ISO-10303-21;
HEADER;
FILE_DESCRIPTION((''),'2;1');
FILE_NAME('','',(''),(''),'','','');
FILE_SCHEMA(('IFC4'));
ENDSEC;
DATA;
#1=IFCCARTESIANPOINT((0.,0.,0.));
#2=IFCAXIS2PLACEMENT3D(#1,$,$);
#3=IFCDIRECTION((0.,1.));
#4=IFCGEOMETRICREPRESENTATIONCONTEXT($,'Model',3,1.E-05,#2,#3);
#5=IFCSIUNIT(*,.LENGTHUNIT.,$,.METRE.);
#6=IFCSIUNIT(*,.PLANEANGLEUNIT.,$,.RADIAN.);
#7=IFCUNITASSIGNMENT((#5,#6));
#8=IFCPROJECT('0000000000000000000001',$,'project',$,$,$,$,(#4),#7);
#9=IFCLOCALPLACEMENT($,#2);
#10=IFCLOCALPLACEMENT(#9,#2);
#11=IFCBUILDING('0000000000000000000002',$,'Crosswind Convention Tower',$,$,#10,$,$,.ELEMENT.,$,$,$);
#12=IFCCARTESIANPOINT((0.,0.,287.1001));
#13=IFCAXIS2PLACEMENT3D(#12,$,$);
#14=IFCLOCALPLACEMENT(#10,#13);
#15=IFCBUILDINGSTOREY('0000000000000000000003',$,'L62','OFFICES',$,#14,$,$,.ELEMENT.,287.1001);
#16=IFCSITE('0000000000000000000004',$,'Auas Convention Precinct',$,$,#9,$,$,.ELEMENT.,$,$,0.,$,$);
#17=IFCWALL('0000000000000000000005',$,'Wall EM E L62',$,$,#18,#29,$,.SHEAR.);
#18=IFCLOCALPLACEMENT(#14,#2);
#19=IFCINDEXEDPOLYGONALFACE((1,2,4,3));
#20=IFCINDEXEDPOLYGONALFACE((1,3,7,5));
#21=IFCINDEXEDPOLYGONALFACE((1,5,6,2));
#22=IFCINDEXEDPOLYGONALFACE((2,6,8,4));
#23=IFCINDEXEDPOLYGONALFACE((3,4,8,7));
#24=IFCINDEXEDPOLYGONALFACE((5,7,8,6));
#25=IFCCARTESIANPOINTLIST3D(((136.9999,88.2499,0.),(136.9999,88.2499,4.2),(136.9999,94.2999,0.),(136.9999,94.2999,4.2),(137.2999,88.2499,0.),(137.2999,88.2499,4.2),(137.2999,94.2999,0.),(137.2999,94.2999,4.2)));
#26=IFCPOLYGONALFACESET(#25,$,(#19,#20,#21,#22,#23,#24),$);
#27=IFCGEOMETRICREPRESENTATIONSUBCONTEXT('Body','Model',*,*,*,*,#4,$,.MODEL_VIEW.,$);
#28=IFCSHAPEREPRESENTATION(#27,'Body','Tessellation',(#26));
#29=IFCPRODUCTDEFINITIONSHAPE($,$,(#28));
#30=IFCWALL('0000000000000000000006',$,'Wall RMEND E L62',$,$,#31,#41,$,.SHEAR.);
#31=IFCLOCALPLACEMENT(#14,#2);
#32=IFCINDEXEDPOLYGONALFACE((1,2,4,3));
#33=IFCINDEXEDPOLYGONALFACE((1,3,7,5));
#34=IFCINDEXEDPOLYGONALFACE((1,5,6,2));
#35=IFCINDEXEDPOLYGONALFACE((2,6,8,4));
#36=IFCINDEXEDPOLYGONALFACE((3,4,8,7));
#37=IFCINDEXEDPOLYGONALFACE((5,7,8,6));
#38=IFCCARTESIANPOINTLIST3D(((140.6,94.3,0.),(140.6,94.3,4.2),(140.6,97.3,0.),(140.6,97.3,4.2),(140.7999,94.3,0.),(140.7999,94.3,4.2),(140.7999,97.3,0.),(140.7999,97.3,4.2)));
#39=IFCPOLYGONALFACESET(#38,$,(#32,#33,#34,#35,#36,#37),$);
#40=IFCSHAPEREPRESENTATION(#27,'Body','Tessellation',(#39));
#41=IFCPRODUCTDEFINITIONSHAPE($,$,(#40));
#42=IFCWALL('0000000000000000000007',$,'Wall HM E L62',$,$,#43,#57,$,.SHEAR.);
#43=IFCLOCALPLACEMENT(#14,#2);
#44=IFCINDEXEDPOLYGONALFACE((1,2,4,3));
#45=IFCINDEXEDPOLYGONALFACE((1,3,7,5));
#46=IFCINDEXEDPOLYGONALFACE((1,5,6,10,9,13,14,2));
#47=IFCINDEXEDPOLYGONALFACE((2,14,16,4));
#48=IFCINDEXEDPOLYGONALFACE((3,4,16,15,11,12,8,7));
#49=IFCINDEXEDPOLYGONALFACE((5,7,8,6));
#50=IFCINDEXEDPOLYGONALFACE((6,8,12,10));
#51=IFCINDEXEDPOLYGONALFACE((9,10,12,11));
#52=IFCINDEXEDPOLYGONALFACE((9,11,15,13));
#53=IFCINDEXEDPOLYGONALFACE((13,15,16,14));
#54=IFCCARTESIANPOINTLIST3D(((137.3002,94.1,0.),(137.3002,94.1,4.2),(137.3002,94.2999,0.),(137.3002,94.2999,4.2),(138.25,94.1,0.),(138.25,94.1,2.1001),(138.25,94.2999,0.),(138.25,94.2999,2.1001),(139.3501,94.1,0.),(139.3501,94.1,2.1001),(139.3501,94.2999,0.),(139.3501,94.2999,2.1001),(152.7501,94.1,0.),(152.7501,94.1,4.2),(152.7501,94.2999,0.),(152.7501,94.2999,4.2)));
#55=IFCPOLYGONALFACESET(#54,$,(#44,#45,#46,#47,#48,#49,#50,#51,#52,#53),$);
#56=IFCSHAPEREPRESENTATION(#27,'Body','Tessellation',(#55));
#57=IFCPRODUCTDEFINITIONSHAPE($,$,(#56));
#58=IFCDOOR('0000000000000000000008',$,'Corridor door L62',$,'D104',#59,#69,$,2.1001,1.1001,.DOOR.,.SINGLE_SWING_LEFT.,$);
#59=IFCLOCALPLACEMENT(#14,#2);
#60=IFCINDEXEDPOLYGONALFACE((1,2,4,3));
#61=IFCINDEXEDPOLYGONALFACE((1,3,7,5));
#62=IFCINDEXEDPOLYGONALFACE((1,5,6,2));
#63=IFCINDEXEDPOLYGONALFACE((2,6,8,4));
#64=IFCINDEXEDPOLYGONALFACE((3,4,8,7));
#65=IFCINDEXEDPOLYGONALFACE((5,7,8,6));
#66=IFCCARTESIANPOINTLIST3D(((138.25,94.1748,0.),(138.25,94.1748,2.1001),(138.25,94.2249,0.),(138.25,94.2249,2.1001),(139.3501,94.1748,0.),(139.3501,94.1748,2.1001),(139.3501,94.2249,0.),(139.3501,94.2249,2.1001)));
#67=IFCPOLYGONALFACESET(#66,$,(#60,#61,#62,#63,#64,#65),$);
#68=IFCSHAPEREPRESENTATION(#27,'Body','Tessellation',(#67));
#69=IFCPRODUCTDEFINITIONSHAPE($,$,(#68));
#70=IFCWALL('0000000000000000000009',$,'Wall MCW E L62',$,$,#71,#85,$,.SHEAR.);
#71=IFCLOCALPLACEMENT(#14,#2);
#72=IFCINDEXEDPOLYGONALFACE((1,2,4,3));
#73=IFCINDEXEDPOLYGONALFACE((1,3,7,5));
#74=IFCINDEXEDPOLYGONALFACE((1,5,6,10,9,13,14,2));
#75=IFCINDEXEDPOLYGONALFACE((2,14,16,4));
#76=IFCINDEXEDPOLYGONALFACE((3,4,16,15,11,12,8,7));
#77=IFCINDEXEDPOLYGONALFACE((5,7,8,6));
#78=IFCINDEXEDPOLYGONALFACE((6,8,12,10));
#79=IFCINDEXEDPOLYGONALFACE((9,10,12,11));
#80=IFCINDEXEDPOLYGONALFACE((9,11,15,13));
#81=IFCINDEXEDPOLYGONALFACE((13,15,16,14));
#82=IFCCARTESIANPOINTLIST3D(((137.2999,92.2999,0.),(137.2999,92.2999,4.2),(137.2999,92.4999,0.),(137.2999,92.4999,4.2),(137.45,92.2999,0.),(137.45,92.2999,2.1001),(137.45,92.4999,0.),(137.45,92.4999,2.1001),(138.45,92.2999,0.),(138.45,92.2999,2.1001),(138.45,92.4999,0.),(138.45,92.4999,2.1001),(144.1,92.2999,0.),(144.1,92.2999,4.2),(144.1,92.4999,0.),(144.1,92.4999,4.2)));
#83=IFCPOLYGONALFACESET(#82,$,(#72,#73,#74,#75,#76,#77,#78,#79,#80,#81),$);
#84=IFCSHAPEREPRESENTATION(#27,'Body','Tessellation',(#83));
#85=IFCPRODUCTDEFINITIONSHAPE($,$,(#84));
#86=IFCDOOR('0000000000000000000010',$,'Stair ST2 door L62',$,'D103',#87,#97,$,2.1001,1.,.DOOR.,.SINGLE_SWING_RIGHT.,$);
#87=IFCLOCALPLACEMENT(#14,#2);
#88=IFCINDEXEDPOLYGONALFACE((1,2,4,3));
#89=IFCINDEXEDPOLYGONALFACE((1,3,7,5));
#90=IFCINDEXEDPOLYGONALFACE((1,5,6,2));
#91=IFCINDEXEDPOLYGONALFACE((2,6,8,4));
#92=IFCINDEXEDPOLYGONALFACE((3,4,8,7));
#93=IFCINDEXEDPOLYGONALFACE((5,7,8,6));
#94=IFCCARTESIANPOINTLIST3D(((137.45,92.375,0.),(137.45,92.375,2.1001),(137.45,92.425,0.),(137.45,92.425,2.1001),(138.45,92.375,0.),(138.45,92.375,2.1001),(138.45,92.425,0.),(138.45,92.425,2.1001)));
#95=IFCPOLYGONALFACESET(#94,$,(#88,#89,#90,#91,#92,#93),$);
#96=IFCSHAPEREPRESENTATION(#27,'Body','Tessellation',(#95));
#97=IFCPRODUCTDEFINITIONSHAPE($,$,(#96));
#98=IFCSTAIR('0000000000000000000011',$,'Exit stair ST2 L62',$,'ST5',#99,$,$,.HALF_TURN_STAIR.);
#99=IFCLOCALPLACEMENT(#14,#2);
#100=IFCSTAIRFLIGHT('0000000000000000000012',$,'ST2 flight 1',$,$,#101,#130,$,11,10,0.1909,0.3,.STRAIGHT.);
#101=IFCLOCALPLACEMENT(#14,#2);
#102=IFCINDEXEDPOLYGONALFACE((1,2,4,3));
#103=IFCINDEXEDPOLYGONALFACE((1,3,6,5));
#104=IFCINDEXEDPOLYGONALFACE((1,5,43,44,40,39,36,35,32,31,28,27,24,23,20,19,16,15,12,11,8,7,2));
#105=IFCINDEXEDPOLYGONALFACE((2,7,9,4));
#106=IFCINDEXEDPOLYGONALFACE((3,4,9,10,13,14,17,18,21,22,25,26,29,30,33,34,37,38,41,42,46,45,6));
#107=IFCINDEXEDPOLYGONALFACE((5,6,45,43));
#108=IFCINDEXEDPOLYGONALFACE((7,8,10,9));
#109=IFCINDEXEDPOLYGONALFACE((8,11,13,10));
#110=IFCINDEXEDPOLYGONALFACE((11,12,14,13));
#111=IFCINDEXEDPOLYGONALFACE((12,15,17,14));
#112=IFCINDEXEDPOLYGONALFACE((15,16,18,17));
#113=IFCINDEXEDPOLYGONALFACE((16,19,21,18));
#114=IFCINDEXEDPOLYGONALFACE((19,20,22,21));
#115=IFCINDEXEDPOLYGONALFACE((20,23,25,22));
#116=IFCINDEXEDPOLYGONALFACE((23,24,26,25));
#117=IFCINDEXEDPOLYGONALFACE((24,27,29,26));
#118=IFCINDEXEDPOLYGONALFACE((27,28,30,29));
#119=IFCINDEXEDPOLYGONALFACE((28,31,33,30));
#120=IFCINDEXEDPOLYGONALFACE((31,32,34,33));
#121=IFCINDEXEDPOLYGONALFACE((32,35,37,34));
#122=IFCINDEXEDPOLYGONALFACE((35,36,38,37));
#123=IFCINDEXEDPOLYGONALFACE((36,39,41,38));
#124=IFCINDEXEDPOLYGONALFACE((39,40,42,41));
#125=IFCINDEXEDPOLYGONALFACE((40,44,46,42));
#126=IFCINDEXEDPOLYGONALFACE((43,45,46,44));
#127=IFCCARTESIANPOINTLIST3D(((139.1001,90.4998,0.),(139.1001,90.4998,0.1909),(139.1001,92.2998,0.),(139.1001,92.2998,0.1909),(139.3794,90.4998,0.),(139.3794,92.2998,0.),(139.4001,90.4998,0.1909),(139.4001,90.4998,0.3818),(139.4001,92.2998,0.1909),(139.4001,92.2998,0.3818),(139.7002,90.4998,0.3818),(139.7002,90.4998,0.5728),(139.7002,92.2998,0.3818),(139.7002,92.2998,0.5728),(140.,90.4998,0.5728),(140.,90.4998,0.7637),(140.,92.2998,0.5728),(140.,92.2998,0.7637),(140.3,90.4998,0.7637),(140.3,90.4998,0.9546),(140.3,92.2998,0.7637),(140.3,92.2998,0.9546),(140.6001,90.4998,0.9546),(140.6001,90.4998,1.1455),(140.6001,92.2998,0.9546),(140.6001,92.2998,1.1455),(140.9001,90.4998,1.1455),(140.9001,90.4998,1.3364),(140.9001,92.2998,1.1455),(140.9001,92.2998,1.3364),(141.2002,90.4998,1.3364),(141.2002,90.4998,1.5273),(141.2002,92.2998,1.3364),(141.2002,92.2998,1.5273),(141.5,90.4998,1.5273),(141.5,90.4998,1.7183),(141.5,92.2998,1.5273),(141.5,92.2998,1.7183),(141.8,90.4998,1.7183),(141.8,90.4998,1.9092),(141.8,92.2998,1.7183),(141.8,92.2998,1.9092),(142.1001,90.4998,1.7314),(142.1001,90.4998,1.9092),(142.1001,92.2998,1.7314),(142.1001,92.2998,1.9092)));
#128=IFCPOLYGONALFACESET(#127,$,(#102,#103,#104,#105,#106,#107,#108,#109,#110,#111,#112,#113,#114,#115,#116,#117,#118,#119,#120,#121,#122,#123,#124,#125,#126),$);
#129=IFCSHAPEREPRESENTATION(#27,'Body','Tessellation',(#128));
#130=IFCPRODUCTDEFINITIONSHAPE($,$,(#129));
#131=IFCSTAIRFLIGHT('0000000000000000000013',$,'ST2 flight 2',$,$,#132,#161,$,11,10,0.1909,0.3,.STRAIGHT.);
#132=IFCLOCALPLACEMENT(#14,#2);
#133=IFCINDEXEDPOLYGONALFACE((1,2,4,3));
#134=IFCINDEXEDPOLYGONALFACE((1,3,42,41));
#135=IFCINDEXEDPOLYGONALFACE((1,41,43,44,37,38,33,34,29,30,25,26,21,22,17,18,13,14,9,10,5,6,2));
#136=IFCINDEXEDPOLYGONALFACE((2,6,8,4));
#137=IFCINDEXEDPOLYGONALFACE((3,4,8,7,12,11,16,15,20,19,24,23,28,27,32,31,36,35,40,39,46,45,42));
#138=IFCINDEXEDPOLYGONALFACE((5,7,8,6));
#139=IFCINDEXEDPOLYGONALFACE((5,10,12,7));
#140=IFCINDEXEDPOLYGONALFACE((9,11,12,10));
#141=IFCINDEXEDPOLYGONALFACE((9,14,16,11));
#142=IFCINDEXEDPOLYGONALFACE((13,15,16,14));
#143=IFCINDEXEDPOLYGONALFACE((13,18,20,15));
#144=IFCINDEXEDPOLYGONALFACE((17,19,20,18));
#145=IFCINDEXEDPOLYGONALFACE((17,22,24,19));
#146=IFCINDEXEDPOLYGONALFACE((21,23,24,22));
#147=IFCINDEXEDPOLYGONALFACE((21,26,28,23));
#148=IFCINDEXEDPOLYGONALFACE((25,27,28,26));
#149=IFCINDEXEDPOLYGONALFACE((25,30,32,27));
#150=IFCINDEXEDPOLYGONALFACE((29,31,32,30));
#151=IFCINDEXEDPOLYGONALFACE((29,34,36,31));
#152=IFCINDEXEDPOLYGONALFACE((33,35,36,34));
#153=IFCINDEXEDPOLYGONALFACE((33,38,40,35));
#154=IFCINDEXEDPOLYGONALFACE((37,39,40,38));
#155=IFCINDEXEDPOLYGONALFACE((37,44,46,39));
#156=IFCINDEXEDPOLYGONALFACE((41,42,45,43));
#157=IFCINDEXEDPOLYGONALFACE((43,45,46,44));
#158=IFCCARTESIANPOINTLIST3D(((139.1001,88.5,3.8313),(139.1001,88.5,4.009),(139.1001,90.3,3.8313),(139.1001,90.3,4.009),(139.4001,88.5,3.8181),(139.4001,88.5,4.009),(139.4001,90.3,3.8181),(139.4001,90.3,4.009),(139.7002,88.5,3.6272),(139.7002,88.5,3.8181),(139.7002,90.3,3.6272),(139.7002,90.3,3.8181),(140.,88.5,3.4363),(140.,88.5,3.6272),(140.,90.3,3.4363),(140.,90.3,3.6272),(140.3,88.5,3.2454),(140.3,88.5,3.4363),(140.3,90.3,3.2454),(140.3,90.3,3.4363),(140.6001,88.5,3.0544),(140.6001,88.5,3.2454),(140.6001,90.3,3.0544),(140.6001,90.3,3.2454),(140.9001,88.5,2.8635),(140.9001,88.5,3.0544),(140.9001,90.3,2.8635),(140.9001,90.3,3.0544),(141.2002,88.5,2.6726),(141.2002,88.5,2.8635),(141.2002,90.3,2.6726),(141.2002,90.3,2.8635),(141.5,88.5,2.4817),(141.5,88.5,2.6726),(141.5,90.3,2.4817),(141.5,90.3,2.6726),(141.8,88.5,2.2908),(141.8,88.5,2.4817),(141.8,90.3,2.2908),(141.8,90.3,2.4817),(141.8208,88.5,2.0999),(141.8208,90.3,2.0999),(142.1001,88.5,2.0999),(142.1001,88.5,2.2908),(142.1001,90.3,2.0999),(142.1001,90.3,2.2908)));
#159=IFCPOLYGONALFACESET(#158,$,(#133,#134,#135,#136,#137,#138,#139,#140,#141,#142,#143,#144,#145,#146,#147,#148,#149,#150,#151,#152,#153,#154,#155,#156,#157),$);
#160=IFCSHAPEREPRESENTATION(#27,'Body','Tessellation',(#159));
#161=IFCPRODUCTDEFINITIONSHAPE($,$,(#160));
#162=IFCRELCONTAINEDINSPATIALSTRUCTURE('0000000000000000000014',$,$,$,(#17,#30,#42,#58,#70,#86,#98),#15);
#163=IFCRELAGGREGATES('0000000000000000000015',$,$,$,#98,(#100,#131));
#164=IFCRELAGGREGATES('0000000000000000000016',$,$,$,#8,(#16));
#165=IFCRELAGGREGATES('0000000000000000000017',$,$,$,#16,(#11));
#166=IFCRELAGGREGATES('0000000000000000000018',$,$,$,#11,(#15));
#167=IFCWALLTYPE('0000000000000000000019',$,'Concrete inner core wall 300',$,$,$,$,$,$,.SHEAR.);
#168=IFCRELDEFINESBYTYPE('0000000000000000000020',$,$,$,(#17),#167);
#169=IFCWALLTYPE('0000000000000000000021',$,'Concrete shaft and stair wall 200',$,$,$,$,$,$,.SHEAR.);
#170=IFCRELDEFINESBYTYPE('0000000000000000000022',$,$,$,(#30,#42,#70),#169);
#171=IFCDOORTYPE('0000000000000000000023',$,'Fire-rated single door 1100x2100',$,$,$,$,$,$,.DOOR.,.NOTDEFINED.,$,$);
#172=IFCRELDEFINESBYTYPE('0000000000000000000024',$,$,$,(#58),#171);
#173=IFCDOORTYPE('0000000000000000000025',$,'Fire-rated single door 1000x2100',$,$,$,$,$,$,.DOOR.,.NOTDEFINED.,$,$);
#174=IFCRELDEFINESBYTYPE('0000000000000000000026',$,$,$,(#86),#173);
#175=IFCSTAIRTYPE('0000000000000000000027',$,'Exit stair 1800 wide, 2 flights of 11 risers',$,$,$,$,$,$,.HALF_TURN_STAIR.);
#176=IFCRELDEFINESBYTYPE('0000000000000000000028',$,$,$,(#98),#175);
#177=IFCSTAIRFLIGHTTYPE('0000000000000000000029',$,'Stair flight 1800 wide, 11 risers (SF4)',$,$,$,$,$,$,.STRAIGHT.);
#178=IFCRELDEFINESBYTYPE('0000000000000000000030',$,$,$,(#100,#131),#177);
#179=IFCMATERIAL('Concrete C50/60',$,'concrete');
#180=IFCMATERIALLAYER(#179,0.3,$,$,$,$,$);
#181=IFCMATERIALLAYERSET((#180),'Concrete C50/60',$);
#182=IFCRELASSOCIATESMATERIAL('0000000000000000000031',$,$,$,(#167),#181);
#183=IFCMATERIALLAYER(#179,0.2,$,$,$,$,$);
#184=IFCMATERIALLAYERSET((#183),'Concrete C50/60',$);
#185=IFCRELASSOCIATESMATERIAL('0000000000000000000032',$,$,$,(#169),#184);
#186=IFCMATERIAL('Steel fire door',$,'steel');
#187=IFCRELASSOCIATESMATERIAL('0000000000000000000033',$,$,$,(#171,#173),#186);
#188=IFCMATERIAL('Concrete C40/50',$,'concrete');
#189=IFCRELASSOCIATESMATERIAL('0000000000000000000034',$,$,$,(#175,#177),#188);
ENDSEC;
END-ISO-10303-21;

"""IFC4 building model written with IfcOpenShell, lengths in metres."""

from ifc_helpers import new_model, si_unit, direction, frame, frame_2d, origin, place, context, subcontext, project, spatial, polyline, rectangle, outline, extrude, material, layer, layer_set, type_object, element, fill, aggregate, save


model = new_model("IFC4")

# Units and contexts
model_context = context("Model", 3, precision=1e-05, world=origin(), true_north=direction((0.0, 1.0)))
body_context = subcontext(model_context, "Body", "Model", "MODEL_VIEW")
ifc_project = project(units=[si_unit("LENGTHUNIT", "METRE"), si_unit("PLANEANGLEUNIT", "RADIAN")], contexts=[model_context])

# Site, building, storey
site_placement = place(None, origin())
site = spatial("IfcSite", under=ifc_project, at=site_placement, Name="Auas Convention Precinct", CompositionType="ELEMENT", RefElevation=0.0)
building_placement = place(site_placement, origin())
building = spatial("IfcBuilding", under=site, at=building_placement, Name="Crosswind Convention Tower", CompositionType="ELEMENT")
storey_placement = place(building_placement, frame((0.0, 0.0, 287.1001)))
storey = spatial("IfcBuildingStorey", under=building, at=storey_placement, Name="L62", Description="OFFICES", CompositionType="ELEMENT", Elevation=287.1001)

# Shared definitions
ifc_material_1 = material(Name="Concrete C50/60", Category="concrete")
ifc_layer_1 = layer(ifc_material_1, 0.3)
ifc_layer_set_1 = layer_set([ifc_layer_1], Name="Concrete C50/60")
wall_type_1 = type_object("IfcWallType", Name="Concrete inner core wall 300", PredefinedType="SHEAR", material=ifc_layer_set_1)

# Walls
wall_1_placement = place(storey_placement, frame((137.1499, 88.25, 0.0), z_axis=(0.0, 0.0, 1.0), x_axis=(0.0, 1.0, 0.0)))
element("IfcWall", 1, at=wall_1_placement, inside=storey, type_object=wall_type_1, Name="Wall EM E L62", PredefinedType="SHEAR", context=body_context, shape_type="SweptSolid", body=[
    extrude(rectangle(XDim=6.05, YDim=0.3, at=frame_2d((3.0249, 0.0))), origin(), (0.0, 0.0, 1.0), 4.2),
])
ifc_layer_2 = layer(ifc_material_1, 0.2)
ifc_layer_set_2 = layer_set([ifc_layer_2], Name="Concrete C50/60")
wall_type_2 = type_object("IfcWallType", Name="Concrete shaft and stair wall 200", PredefinedType="SHEAR", material=ifc_layer_set_2)
wall_2_placement = place(storey_placement, frame((140.7, 94.3, 0.0), z_axis=(0.0, 0.0, 1.0), x_axis=(0.0, 1.0, 0.0)))
element("IfcWall", 2, at=wall_2_placement, inside=storey, type_object=wall_type_2, Name="Wall RMEND E L62", PredefinedType="SHEAR", context=body_context, shape_type="SweptSolid", body=[
    extrude(rectangle(XDim=3.0, YDim=0.2, at=frame_2d((1.5, 0.0))), origin(), (0.0, 0.0, 1.0), 4.2),
])

# Walls, openings, doors
wall_3_placement = place(storey_placement, frame((137.3, 94.2, 0.0), z_axis=(0.0, 0.0, 1.0), x_axis=(1.0, 0.0, 0.0)))
wall_3 = element("IfcWall", 3, at=wall_3_placement, inside=storey, type_object=wall_type_2, Name="Wall HM E L62", PredefinedType="SHEAR", context=body_context, shape_type="SweptSolid", body=[
    extrude(rectangle(XDim=15.45, YDim=0.2, at=frame_2d((7.7251, 0.0))), origin(), (0.0, 0.0, 1.0), 4.2),
])
opening_1_placement = place(wall_3_placement, frame((0.95, 0.0, 0.0)))
opening_1 = element("IfcOpeningElement", 4, at=opening_1_placement, cuts=wall_3, PredefinedType="OPENING", context=body_context, shape_type="SweptSolid", body=[
    extrude(rectangle(XDim=1.1001, YDim=2.1001, at=frame_2d((0.55, 1.05))), frame((0.0, 0.1099, 0.0), z_axis=(0.0, -1.0, 0.0), x_axis=(1.0, 0.0, 0.0)), (0.0, 0.0, 1.0), 0.22),
])
ifc_material_2 = material(Name="Steel fire door", Category="steel")
door_type_1 = type_object("IfcDoorType", Name="Fire-rated single door 1100x2100", OperationType="NOTDEFINED", PredefinedType="DOOR", material=ifc_material_2)
door_1_placement = place(opening_1_placement, origin())
door_1 = element("IfcDoor", 5, at=door_1_placement, inside=storey, type_object=door_type_1, Name="Corridor door L62", ObjectType="D104", OperationType="SINGLE_SWING_LEFT", OverallHeight=2.1001, OverallWidth=1.1001, PredefinedType="DOOR", context=body_context, shape_type="SweptSolid", body=[
    extrude(rectangle(XDim=1.1001, YDim=2.1001, at=frame_2d((0.55, 1.05))), frame((0.0, 0.0249, 0.0), z_axis=(0.0, -1.0, 0.0), x_axis=(1.0, 0.0, 0.0)), (0.0, 0.0, 1.0), 0.05),
])
fill(opening_1, door_1)
wall_4_placement = place(storey_placement, frame((137.3, 92.3999, 0.0), z_axis=(0.0, 0.0, 1.0), x_axis=(1.0, 0.0, 0.0)))
wall_4 = element("IfcWall", 6, at=wall_4_placement, inside=storey, type_object=wall_type_2, Name="Wall MCW E L62", PredefinedType="SHEAR", context=body_context, shape_type="SweptSolid", body=[
    extrude(rectangle(XDim=6.8, YDim=0.2, at=frame_2d((3.3999, 0.0))), origin(), (0.0, 0.0, 1.0), 4.2),
])
opening_2_placement = place(wall_4_placement, frame((0.1499, 0.0, 0.0)))
opening_2 = element("IfcOpeningElement", 7, at=opening_2_placement, cuts=wall_4, PredefinedType="OPENING", context=body_context, shape_type="SweptSolid", body=[
    extrude(rectangle(XDim=1.0, YDim=2.1001, at=frame_2d((0.5, 1.05))), frame((0.0, 0.1099, 0.0), z_axis=(0.0, -1.0, 0.0), x_axis=(1.0, 0.0, 0.0)), (0.0, 0.0, 1.0), 0.22),
])
door_type_2 = type_object("IfcDoorType", Name="Fire-rated single door 1000x2100", OperationType="NOTDEFINED", PredefinedType="DOOR", material=ifc_material_2)
door_2_placement = place(opening_2_placement, frame((1.0, 0.0, 0.0), z_axis=(0.0, 0.0, 1.0), x_axis=(-1.0, 0.0, 0.0)))
door_2 = element("IfcDoor", 8, at=door_2_placement, inside=storey, type_object=door_type_2, Name="Stair ST2 door L62", ObjectType="D103", OperationType="SINGLE_SWING_RIGHT", OverallHeight=2.1001, OverallWidth=1.0, PredefinedType="DOOR", context=body_context, shape_type="SweptSolid", body=[
    extrude(rectangle(XDim=1.0, YDim=2.1001, at=frame_2d((0.5, 1.05))), frame((0.0, 0.0249, 0.0), z_axis=(0.0, -1.0, 0.0), x_axis=(1.0, 0.0, 0.0)), (0.0, 0.0, 1.0), 0.05),
])
fill(opening_2, door_2)

# Stair, stair flights
ifc_material_3 = material(Name="Concrete C40/50", Category="concrete")
stair_type = type_object("IfcStairType", Name="Exit stair 1800 wide, 2 flights of 11 risers", PredefinedType="HALF_TURN_STAIR", material=ifc_material_3)
stair_placement = place(storey_placement, origin())
stair = element("IfcStair", 9, at=stair_placement, inside=storey, type_object=stair_type, Name="Exit stair ST2 L62", ObjectType="ST5", PredefinedType="HALF_TURN_STAIR")
stair_flight_type = type_object("IfcStairFlightType", Name="Stair flight 1800 wide, 11 risers (SF4)", PredefinedType="STRAIGHT", material=ifc_material_3)
stair_flight_1_placement = place(storey_placement, frame((139.1001, 91.3999, 0.0), z_axis=(0.0, 0.0, 1.0), x_axis=(1.0, 0.0, 0.0)))
stair_flight_1 = element("IfcStairFlight", 10, at=stair_flight_1_placement, type_object=stair_flight_type, Name="ST2 flight 1", NumberOfRisers=11, NumberOfTreads=10, PredefinedType="STRAIGHT", RiserHeight=0.1909, TreadLength=0.3, context=body_context, shape_type="SweptSolid", body=[
    extrude(outline(polyline([(0.0, 0.0), (0.0, 0.1909), (0.3, 0.1909), (0.3, 0.3818), (0.6001, 0.3818), (0.6001, 0.5728), (0.8999, 0.5728), (0.8999, 0.7637), (1.2, 0.7637), (1.2, 0.9546), (1.5, 0.9546), (1.5, 1.1455), (1.8, 1.1455), (1.8, 1.3364), (2.1001, 1.3364), (2.1001, 1.5273), (2.3999, 1.5273), (2.3999, 1.7183), (2.7, 1.7183), (2.7, 1.9092), (3.0, 1.9092), (3.0, 2.1001), (3.0, 1.7314), (0.2793, 0.0), (0.0, 0.0)])), frame((0.0, 0.8999, 0.0), z_axis=(0.0, -1.0, 0.0), x_axis=(1.0, 0.0, 0.0)), (0.0, 0.0, 1.0), 1.8),
])
stair_flight_2_placement = place(storey_placement, frame((142.1001, 89.3999, 2.0999), z_axis=(0.0, 0.0, 1.0), x_axis=(-1.0, 0.0, 0.0)))
stair_flight_2 = element("IfcStairFlight", 11, at=stair_flight_2_placement, type_object=stair_flight_type, Name="ST2 flight 2", NumberOfRisers=11, NumberOfTreads=10, PredefinedType="STRAIGHT", RiserHeight=0.1909, TreadLength=0.3, context=body_context, shape_type="SweptSolid", body=[
    extrude(outline(polyline([(0.0, 0.0), (0.0, 0.1909), (0.3, 0.1909), (0.3, 0.3818), (0.6001, 0.3818), (0.6001, 0.5728), (0.8999, 0.5728), (0.8999, 0.7637), (1.2, 0.7637), (1.2, 0.9546), (1.5, 0.9546), (1.5, 1.1455), (1.8, 1.1455), (1.8, 1.3364), (2.1001, 1.3364), (2.1001, 1.5273), (2.3999, 1.5273), (2.3999, 1.7183), (2.7, 1.7183), (2.7, 1.9092), (3.0, 1.9092), (3.0, 2.1001), (3.0, 1.7314), (0.2793, 0.0), (0.0, 0.0)])), frame((0.0, 0.8999, 0.0), z_axis=(0.0, -1.0, 0.0), x_axis=(1.0, 0.0, 0.0)), (0.0, 0.0, 1.0), 1.8),
])
aggregate(stair, [stair_flight_1, stair_flight_2])

save(model, "model.ifc")
